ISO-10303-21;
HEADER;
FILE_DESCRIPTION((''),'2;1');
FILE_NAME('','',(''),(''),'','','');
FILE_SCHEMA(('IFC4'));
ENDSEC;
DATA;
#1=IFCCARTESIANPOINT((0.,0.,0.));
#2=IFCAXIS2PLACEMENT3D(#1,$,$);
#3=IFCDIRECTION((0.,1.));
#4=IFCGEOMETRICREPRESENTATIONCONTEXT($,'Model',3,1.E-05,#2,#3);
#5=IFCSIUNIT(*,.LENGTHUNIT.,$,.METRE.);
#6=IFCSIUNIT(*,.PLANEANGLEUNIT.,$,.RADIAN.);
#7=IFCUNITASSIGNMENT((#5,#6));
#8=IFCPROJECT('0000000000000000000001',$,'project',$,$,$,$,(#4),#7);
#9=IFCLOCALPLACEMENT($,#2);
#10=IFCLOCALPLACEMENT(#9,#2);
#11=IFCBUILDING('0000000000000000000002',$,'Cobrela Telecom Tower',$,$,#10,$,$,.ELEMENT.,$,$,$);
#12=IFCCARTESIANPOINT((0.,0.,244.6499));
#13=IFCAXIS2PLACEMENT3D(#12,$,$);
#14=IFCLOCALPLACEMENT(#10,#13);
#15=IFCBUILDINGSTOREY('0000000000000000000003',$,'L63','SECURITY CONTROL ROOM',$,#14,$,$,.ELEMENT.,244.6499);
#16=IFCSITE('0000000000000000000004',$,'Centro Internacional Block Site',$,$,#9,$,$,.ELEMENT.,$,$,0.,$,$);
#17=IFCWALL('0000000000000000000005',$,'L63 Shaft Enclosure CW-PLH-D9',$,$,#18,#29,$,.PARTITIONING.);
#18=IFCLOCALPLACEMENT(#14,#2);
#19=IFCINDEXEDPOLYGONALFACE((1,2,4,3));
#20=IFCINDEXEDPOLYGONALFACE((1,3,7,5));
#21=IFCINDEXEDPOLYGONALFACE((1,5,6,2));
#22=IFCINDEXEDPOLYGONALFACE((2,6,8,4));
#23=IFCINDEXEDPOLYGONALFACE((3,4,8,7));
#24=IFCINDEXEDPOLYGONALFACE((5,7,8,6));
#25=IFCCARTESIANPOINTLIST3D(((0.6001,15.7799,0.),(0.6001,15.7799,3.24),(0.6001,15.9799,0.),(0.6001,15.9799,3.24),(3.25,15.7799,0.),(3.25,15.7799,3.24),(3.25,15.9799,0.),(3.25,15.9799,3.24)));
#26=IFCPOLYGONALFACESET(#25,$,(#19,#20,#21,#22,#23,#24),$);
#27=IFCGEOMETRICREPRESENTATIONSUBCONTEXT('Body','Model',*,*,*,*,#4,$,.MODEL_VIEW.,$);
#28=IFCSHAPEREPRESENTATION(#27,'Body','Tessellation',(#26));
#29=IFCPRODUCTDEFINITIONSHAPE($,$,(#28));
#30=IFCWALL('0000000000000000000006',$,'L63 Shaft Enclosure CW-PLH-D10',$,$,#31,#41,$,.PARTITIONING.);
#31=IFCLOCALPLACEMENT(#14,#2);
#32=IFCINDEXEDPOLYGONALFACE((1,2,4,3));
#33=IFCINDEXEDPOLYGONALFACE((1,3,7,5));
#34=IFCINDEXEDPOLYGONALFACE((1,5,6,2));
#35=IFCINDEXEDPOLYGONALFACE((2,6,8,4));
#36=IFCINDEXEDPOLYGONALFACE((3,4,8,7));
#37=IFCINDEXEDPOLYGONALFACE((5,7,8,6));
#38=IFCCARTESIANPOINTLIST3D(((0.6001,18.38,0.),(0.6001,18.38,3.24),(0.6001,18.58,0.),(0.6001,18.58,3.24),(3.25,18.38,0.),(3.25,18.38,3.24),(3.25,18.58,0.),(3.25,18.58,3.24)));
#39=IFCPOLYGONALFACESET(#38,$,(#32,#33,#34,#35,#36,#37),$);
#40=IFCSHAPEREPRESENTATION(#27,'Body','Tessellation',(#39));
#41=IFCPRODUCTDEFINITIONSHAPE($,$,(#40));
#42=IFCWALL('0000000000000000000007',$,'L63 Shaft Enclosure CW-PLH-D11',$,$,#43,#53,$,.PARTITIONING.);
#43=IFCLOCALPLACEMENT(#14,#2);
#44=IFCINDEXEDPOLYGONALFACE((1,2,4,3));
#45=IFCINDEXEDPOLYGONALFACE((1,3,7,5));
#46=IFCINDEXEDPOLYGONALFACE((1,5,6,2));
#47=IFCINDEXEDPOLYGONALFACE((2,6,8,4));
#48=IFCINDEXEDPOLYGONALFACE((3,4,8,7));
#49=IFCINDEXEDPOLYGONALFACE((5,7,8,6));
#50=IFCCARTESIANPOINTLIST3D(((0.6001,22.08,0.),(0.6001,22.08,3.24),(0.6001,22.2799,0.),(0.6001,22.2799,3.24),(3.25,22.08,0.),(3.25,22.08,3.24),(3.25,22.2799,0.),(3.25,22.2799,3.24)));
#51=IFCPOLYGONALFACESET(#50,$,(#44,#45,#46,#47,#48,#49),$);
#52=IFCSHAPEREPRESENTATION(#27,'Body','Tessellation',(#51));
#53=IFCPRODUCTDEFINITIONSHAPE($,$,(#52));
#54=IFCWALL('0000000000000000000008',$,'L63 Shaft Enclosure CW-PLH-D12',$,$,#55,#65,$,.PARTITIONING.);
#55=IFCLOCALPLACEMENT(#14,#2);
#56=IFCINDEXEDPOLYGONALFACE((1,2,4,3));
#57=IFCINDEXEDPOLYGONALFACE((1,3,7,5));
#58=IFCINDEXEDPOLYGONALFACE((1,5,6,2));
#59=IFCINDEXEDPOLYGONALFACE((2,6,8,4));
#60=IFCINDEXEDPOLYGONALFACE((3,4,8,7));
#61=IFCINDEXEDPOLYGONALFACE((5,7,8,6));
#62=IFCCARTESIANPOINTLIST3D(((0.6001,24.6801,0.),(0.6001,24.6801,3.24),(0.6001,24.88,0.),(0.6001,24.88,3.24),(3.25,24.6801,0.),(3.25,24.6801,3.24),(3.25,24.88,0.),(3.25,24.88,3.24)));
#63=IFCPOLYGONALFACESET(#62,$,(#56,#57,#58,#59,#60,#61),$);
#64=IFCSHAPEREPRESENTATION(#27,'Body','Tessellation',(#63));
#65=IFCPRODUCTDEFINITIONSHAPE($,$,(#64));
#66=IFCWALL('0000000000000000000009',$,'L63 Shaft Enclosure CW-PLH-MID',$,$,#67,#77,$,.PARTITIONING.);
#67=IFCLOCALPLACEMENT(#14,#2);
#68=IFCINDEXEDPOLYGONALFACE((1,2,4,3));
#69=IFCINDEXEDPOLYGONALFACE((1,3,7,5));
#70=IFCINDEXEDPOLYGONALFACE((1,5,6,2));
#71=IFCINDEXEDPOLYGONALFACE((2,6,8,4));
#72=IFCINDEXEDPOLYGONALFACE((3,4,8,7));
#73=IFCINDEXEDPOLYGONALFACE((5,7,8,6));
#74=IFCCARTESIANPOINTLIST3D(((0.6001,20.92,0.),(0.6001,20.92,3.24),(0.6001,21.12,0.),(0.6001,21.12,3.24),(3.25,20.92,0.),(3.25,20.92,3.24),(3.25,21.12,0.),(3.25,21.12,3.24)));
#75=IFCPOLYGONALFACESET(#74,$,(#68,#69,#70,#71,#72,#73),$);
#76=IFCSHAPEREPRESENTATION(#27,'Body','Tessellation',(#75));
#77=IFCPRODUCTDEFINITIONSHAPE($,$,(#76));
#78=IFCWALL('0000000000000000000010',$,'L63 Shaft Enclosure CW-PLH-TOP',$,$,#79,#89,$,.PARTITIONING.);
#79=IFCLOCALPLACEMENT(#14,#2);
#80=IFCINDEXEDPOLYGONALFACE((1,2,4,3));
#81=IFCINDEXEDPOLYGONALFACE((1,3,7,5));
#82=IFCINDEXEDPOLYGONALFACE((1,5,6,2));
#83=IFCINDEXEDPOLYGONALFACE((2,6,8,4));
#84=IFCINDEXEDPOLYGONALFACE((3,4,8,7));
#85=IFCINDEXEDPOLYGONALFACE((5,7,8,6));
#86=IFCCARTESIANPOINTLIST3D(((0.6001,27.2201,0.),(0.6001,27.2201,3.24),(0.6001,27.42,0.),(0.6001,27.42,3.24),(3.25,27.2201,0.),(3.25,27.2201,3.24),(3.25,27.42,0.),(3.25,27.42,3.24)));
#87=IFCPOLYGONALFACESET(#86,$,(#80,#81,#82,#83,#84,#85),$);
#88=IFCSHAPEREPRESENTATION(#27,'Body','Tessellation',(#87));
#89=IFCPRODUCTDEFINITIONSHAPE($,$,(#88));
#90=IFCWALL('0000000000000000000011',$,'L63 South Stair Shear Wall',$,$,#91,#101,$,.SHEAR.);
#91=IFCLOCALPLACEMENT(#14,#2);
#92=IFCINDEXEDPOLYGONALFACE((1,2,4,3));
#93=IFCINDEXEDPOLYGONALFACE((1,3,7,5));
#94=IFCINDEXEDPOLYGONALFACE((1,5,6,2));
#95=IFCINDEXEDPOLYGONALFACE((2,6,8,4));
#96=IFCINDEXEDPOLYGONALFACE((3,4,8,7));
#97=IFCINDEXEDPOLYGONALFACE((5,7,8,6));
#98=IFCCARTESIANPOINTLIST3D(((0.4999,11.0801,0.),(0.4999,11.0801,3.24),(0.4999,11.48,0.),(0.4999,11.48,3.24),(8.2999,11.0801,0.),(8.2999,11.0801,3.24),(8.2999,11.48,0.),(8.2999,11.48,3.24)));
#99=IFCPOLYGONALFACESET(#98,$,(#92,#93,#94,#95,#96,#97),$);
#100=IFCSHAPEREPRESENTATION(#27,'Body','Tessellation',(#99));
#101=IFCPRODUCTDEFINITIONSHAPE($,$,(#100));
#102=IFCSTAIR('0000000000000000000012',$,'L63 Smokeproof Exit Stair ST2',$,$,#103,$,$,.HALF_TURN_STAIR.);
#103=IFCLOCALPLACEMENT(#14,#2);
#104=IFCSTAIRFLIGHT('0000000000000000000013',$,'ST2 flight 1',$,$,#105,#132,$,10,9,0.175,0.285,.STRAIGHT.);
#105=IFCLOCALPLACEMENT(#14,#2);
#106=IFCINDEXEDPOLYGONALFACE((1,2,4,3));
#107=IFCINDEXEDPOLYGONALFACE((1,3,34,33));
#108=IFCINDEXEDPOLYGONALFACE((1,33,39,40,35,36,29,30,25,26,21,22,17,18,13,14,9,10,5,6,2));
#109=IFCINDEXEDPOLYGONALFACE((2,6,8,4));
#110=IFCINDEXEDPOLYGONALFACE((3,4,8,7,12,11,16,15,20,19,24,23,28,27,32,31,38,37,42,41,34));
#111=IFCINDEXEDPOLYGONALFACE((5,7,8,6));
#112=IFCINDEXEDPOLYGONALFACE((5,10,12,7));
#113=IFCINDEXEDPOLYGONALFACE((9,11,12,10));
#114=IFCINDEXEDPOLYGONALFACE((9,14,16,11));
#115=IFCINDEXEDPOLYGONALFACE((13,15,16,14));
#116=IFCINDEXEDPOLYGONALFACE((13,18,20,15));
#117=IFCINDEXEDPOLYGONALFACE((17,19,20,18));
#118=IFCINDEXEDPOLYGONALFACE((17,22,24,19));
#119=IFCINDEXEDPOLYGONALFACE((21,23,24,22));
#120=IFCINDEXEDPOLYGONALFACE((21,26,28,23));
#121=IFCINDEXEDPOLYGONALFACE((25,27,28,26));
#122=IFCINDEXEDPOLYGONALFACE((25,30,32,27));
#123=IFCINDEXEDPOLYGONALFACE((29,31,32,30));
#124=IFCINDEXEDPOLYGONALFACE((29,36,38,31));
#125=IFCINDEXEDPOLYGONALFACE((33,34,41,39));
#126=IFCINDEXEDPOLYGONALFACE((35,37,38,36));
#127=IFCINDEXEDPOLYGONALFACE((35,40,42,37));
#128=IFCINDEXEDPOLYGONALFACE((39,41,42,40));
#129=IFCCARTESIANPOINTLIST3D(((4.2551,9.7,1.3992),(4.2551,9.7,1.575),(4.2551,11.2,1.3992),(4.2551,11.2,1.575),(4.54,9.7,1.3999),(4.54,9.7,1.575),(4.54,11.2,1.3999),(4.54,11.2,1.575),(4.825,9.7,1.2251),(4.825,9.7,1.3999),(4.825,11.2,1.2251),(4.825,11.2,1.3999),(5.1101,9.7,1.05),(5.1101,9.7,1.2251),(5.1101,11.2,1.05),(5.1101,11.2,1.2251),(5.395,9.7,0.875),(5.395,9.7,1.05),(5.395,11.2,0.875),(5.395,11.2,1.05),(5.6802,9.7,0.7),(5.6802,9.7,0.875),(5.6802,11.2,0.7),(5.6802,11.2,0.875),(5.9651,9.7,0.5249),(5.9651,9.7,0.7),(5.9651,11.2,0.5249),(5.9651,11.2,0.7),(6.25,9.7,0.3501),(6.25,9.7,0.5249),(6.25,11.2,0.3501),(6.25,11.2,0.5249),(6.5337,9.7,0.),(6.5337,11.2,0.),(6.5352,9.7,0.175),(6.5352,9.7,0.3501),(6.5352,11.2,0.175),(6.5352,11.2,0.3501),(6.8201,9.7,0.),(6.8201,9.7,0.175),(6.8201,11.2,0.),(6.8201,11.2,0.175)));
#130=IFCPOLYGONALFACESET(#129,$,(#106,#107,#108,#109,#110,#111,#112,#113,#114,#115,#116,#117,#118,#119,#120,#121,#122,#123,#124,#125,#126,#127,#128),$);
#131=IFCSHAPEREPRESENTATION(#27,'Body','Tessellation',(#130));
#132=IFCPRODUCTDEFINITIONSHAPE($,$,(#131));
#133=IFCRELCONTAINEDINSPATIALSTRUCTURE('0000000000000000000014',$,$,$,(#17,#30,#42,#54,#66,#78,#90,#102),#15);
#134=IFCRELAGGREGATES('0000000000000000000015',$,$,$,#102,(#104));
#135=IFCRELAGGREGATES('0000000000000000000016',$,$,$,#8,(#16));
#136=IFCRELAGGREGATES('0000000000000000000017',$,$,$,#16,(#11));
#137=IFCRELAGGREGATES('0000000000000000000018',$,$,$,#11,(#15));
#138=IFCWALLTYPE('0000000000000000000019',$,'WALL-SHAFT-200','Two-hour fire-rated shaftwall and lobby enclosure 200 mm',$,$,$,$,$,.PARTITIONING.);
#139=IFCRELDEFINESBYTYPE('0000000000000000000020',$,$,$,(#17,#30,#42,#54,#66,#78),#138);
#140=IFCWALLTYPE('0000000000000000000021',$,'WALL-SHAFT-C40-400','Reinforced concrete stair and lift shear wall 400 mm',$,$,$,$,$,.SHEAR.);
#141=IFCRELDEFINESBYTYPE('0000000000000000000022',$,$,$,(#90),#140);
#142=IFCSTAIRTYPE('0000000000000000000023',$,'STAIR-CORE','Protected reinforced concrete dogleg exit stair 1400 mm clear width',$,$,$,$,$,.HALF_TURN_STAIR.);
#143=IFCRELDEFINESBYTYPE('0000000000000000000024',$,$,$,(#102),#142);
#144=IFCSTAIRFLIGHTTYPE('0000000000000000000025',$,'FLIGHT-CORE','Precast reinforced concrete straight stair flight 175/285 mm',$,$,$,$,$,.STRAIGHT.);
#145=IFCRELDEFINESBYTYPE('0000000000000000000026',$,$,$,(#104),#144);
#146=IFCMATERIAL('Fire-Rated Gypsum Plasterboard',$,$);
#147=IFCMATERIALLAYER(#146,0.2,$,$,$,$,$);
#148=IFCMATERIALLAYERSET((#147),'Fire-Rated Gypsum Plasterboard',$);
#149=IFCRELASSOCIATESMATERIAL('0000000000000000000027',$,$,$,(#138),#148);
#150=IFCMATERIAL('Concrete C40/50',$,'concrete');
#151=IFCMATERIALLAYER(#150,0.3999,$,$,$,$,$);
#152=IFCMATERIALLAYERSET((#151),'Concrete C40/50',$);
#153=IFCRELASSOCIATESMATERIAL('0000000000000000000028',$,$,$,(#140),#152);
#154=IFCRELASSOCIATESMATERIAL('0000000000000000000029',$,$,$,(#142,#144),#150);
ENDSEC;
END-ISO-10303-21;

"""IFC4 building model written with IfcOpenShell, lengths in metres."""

from ifc_helpers import new_model, si_unit, direction, frame, frame_2d, origin, place, context, subcontext, project, spatial, polyline, rectangle, outline, extrude, material, layer, layer_set, type_object, element, aggregate, save


model = new_model("IFC4")

# Units and contexts
model_context = context("Model", 3, precision=1e-05, world=origin(), true_north=direction((0.0, 1.0)))
body_context = subcontext(model_context, "Body", "Model", "MODEL_VIEW")
ifc_project = project(units=[si_unit("LENGTHUNIT", "METRE"), si_unit("PLANEANGLEUNIT", "RADIAN")], contexts=[model_context])

# Site, building, storey
site_placement = place(None, origin())
site = spatial("IfcSite", under=ifc_project, at=site_placement, Name="Centro Internacional Block Site", CompositionType="ELEMENT", RefElevation=0.0)
building_placement = place(site_placement, origin())
building = spatial("IfcBuilding", under=site, at=building_placement, Name="Cobrela Telecom Tower", CompositionType="ELEMENT")
storey_placement = place(building_placement, frame((0.0, 0.0, 244.6499)))
storey = spatial("IfcBuildingStorey", under=building, at=storey_placement, Name="L63", Description="SECURITY CONTROL ROOM", CompositionType="ELEMENT", Elevation=244.6499)

# Shared definitions
ifc_material_1 = material(Name="Fire-Rated Gypsum Plasterboard")

# Shared definitions
ifc_layer_1 = layer(ifc_material_1, 0.2)
ifc_layer_set_1 = layer_set([ifc_layer_1], Name="Fire-Rated Gypsum Plasterboard")
wall_type_1 = type_object("IfcWallType", Name="WALL-SHAFT-200", Description="Two-hour fire-rated shaftwall and lobby enclosure 200 mm", PredefinedType="PARTITIONING", material=ifc_layer_set_1)

# Walls
for number, where, z_axis, x_axis, name in (
    (1, (0.6001, 15.8799, 0.0), (0.0, 0.0, 1.0), (1.0, 0.0, 0.0), "L63 Shaft Enclosure CW-PLH-D9"),
    (2, (0.6001, 18.48, 0.0), (0.0, 0.0, 1.0), (1.0, 0.0, 0.0), "L63 Shaft Enclosure CW-PLH-D10"),
    (3, (0.6001, 22.1799, 0.0), (0.0, 0.0, 1.0), (1.0, 0.0, 0.0), "L63 Shaft Enclosure CW-PLH-D11"),
    (4, (0.6001, 24.78, 0.0), (0.0, 0.0, 1.0), (1.0, 0.0, 0.0), "L63 Shaft Enclosure CW-PLH-D12"),
    (5, (0.6001, 21.02, 0.0), (0.0, 0.0, 1.0), (1.0, 0.0, 0.0), "L63 Shaft Enclosure CW-PLH-MID"),
    (6, (0.6001, 27.3201, 0.0), (0.0, 0.0, 1.0), (1.0, 0.0, 0.0), "L63 Shaft Enclosure CW-PLH-TOP"),
):
    element("IfcWall", number, at=place(storey_placement, frame(where, z_axis=z_axis, x_axis=x_axis)), inside=storey, type_object=wall_type_1, Name=name, PredefinedType="PARTITIONING", context=body_context, shape_type="SweptSolid", body=[
        extrude(rectangle(XDim=2.6499, YDim=0.2, at=frame_2d((1.325, 0.0))), origin(), (0.0, 0.0, 1.0), 3.24),
    ])
ifc_material_2 = material(Name="Concrete C40/50", Category="concrete")
ifc_layer_2 = layer(ifc_material_2, 0.3999)
ifc_layer_set_2 = layer_set([ifc_layer_2], Name="Concrete C40/50")
wall_type_2 = type_object("IfcWallType", Name="WALL-SHAFT-C40-400", Description="Reinforced concrete stair and lift shear wall 400 mm", PredefinedType="SHEAR", material=ifc_layer_set_2)
wall_1_placement = place(storey_placement, frame((0.5, 11.28, 0.0), z_axis=(0.0, 0.0, 1.0), x_axis=(1.0, 0.0, 0.0)))
element("IfcWall", 7, at=wall_1_placement, inside=storey, type_object=wall_type_2, Name="L63 South Stair Shear Wall", PredefinedType="SHEAR", context=body_context, shape_type="SweptSolid", body=[
    extrude(rectangle(XDim=7.8, YDim=0.3999, at=frame_2d((3.8999, 0.0))), origin(), (0.0, 0.0, 1.0), 3.24),
])

# Stair, stair flight
stair_type = type_object("IfcStairType", Name="STAIR-CORE", Description="Protected reinforced concrete dogleg exit stair 1400 mm clear width", PredefinedType="HALF_TURN_STAIR", material=ifc_material_2)
stair_placement = place(storey_placement, origin())
stair = element("IfcStair", 8, at=stair_placement, inside=storey, type_object=stair_type, Name="L63 Smokeproof Exit Stair ST2", PredefinedType="HALF_TURN_STAIR")
stair_flight_type = type_object("IfcStairFlightType", Name="FLIGHT-CORE", Description="Precast reinforced concrete straight stair flight 175/285 mm", PredefinedType="STRAIGHT", material=ifc_material_2)
stair_flight_placement = place(storey_placement, frame((6.8201, 10.45, 0.0), z_axis=(0.0, 0.0, 1.0), x_axis=(-1.0, 0.0, 0.0)))
stair_flight = element("IfcStairFlight", 9, at=stair_flight_placement, type_object=stair_flight_type, Name="ST2 flight 1", NumberOfRisers=10, NumberOfTreads=9, PredefinedType="STRAIGHT", RiserHeight=0.175, TreadLength=0.285, context=body_context, shape_type="SweptSolid", body=[
    extrude(outline(polyline([(0.0, 0.0), (0.0, 0.175), (0.2849, 0.175), (0.2849, 0.3501), (0.5701, 0.3501), (0.5701, 0.5249), (0.855, 0.5249), (0.855, 0.7), (1.1399, 0.7), (1.1399, 0.875), (1.425, 0.875), (1.425, 1.05), (1.71, 1.05), (1.71, 1.2251), (1.9951, 1.2251), (1.9951, 1.3999), (2.28, 1.3999), (2.28, 1.575), (2.5649, 1.575), (2.5649, 1.75), (2.5649, 1.3992), (0.2864, 0.0), (0.0, 0.0)])), frame((0.0, 0.75, 0.0), z_axis=(0.0, -1.0, 0.0), x_axis=(1.0, 0.0, 0.0)), (0.0, 0.0, 1.0), 1.5),
])
aggregate(stair, [stair_flight])

save(model, "model.ifc")
